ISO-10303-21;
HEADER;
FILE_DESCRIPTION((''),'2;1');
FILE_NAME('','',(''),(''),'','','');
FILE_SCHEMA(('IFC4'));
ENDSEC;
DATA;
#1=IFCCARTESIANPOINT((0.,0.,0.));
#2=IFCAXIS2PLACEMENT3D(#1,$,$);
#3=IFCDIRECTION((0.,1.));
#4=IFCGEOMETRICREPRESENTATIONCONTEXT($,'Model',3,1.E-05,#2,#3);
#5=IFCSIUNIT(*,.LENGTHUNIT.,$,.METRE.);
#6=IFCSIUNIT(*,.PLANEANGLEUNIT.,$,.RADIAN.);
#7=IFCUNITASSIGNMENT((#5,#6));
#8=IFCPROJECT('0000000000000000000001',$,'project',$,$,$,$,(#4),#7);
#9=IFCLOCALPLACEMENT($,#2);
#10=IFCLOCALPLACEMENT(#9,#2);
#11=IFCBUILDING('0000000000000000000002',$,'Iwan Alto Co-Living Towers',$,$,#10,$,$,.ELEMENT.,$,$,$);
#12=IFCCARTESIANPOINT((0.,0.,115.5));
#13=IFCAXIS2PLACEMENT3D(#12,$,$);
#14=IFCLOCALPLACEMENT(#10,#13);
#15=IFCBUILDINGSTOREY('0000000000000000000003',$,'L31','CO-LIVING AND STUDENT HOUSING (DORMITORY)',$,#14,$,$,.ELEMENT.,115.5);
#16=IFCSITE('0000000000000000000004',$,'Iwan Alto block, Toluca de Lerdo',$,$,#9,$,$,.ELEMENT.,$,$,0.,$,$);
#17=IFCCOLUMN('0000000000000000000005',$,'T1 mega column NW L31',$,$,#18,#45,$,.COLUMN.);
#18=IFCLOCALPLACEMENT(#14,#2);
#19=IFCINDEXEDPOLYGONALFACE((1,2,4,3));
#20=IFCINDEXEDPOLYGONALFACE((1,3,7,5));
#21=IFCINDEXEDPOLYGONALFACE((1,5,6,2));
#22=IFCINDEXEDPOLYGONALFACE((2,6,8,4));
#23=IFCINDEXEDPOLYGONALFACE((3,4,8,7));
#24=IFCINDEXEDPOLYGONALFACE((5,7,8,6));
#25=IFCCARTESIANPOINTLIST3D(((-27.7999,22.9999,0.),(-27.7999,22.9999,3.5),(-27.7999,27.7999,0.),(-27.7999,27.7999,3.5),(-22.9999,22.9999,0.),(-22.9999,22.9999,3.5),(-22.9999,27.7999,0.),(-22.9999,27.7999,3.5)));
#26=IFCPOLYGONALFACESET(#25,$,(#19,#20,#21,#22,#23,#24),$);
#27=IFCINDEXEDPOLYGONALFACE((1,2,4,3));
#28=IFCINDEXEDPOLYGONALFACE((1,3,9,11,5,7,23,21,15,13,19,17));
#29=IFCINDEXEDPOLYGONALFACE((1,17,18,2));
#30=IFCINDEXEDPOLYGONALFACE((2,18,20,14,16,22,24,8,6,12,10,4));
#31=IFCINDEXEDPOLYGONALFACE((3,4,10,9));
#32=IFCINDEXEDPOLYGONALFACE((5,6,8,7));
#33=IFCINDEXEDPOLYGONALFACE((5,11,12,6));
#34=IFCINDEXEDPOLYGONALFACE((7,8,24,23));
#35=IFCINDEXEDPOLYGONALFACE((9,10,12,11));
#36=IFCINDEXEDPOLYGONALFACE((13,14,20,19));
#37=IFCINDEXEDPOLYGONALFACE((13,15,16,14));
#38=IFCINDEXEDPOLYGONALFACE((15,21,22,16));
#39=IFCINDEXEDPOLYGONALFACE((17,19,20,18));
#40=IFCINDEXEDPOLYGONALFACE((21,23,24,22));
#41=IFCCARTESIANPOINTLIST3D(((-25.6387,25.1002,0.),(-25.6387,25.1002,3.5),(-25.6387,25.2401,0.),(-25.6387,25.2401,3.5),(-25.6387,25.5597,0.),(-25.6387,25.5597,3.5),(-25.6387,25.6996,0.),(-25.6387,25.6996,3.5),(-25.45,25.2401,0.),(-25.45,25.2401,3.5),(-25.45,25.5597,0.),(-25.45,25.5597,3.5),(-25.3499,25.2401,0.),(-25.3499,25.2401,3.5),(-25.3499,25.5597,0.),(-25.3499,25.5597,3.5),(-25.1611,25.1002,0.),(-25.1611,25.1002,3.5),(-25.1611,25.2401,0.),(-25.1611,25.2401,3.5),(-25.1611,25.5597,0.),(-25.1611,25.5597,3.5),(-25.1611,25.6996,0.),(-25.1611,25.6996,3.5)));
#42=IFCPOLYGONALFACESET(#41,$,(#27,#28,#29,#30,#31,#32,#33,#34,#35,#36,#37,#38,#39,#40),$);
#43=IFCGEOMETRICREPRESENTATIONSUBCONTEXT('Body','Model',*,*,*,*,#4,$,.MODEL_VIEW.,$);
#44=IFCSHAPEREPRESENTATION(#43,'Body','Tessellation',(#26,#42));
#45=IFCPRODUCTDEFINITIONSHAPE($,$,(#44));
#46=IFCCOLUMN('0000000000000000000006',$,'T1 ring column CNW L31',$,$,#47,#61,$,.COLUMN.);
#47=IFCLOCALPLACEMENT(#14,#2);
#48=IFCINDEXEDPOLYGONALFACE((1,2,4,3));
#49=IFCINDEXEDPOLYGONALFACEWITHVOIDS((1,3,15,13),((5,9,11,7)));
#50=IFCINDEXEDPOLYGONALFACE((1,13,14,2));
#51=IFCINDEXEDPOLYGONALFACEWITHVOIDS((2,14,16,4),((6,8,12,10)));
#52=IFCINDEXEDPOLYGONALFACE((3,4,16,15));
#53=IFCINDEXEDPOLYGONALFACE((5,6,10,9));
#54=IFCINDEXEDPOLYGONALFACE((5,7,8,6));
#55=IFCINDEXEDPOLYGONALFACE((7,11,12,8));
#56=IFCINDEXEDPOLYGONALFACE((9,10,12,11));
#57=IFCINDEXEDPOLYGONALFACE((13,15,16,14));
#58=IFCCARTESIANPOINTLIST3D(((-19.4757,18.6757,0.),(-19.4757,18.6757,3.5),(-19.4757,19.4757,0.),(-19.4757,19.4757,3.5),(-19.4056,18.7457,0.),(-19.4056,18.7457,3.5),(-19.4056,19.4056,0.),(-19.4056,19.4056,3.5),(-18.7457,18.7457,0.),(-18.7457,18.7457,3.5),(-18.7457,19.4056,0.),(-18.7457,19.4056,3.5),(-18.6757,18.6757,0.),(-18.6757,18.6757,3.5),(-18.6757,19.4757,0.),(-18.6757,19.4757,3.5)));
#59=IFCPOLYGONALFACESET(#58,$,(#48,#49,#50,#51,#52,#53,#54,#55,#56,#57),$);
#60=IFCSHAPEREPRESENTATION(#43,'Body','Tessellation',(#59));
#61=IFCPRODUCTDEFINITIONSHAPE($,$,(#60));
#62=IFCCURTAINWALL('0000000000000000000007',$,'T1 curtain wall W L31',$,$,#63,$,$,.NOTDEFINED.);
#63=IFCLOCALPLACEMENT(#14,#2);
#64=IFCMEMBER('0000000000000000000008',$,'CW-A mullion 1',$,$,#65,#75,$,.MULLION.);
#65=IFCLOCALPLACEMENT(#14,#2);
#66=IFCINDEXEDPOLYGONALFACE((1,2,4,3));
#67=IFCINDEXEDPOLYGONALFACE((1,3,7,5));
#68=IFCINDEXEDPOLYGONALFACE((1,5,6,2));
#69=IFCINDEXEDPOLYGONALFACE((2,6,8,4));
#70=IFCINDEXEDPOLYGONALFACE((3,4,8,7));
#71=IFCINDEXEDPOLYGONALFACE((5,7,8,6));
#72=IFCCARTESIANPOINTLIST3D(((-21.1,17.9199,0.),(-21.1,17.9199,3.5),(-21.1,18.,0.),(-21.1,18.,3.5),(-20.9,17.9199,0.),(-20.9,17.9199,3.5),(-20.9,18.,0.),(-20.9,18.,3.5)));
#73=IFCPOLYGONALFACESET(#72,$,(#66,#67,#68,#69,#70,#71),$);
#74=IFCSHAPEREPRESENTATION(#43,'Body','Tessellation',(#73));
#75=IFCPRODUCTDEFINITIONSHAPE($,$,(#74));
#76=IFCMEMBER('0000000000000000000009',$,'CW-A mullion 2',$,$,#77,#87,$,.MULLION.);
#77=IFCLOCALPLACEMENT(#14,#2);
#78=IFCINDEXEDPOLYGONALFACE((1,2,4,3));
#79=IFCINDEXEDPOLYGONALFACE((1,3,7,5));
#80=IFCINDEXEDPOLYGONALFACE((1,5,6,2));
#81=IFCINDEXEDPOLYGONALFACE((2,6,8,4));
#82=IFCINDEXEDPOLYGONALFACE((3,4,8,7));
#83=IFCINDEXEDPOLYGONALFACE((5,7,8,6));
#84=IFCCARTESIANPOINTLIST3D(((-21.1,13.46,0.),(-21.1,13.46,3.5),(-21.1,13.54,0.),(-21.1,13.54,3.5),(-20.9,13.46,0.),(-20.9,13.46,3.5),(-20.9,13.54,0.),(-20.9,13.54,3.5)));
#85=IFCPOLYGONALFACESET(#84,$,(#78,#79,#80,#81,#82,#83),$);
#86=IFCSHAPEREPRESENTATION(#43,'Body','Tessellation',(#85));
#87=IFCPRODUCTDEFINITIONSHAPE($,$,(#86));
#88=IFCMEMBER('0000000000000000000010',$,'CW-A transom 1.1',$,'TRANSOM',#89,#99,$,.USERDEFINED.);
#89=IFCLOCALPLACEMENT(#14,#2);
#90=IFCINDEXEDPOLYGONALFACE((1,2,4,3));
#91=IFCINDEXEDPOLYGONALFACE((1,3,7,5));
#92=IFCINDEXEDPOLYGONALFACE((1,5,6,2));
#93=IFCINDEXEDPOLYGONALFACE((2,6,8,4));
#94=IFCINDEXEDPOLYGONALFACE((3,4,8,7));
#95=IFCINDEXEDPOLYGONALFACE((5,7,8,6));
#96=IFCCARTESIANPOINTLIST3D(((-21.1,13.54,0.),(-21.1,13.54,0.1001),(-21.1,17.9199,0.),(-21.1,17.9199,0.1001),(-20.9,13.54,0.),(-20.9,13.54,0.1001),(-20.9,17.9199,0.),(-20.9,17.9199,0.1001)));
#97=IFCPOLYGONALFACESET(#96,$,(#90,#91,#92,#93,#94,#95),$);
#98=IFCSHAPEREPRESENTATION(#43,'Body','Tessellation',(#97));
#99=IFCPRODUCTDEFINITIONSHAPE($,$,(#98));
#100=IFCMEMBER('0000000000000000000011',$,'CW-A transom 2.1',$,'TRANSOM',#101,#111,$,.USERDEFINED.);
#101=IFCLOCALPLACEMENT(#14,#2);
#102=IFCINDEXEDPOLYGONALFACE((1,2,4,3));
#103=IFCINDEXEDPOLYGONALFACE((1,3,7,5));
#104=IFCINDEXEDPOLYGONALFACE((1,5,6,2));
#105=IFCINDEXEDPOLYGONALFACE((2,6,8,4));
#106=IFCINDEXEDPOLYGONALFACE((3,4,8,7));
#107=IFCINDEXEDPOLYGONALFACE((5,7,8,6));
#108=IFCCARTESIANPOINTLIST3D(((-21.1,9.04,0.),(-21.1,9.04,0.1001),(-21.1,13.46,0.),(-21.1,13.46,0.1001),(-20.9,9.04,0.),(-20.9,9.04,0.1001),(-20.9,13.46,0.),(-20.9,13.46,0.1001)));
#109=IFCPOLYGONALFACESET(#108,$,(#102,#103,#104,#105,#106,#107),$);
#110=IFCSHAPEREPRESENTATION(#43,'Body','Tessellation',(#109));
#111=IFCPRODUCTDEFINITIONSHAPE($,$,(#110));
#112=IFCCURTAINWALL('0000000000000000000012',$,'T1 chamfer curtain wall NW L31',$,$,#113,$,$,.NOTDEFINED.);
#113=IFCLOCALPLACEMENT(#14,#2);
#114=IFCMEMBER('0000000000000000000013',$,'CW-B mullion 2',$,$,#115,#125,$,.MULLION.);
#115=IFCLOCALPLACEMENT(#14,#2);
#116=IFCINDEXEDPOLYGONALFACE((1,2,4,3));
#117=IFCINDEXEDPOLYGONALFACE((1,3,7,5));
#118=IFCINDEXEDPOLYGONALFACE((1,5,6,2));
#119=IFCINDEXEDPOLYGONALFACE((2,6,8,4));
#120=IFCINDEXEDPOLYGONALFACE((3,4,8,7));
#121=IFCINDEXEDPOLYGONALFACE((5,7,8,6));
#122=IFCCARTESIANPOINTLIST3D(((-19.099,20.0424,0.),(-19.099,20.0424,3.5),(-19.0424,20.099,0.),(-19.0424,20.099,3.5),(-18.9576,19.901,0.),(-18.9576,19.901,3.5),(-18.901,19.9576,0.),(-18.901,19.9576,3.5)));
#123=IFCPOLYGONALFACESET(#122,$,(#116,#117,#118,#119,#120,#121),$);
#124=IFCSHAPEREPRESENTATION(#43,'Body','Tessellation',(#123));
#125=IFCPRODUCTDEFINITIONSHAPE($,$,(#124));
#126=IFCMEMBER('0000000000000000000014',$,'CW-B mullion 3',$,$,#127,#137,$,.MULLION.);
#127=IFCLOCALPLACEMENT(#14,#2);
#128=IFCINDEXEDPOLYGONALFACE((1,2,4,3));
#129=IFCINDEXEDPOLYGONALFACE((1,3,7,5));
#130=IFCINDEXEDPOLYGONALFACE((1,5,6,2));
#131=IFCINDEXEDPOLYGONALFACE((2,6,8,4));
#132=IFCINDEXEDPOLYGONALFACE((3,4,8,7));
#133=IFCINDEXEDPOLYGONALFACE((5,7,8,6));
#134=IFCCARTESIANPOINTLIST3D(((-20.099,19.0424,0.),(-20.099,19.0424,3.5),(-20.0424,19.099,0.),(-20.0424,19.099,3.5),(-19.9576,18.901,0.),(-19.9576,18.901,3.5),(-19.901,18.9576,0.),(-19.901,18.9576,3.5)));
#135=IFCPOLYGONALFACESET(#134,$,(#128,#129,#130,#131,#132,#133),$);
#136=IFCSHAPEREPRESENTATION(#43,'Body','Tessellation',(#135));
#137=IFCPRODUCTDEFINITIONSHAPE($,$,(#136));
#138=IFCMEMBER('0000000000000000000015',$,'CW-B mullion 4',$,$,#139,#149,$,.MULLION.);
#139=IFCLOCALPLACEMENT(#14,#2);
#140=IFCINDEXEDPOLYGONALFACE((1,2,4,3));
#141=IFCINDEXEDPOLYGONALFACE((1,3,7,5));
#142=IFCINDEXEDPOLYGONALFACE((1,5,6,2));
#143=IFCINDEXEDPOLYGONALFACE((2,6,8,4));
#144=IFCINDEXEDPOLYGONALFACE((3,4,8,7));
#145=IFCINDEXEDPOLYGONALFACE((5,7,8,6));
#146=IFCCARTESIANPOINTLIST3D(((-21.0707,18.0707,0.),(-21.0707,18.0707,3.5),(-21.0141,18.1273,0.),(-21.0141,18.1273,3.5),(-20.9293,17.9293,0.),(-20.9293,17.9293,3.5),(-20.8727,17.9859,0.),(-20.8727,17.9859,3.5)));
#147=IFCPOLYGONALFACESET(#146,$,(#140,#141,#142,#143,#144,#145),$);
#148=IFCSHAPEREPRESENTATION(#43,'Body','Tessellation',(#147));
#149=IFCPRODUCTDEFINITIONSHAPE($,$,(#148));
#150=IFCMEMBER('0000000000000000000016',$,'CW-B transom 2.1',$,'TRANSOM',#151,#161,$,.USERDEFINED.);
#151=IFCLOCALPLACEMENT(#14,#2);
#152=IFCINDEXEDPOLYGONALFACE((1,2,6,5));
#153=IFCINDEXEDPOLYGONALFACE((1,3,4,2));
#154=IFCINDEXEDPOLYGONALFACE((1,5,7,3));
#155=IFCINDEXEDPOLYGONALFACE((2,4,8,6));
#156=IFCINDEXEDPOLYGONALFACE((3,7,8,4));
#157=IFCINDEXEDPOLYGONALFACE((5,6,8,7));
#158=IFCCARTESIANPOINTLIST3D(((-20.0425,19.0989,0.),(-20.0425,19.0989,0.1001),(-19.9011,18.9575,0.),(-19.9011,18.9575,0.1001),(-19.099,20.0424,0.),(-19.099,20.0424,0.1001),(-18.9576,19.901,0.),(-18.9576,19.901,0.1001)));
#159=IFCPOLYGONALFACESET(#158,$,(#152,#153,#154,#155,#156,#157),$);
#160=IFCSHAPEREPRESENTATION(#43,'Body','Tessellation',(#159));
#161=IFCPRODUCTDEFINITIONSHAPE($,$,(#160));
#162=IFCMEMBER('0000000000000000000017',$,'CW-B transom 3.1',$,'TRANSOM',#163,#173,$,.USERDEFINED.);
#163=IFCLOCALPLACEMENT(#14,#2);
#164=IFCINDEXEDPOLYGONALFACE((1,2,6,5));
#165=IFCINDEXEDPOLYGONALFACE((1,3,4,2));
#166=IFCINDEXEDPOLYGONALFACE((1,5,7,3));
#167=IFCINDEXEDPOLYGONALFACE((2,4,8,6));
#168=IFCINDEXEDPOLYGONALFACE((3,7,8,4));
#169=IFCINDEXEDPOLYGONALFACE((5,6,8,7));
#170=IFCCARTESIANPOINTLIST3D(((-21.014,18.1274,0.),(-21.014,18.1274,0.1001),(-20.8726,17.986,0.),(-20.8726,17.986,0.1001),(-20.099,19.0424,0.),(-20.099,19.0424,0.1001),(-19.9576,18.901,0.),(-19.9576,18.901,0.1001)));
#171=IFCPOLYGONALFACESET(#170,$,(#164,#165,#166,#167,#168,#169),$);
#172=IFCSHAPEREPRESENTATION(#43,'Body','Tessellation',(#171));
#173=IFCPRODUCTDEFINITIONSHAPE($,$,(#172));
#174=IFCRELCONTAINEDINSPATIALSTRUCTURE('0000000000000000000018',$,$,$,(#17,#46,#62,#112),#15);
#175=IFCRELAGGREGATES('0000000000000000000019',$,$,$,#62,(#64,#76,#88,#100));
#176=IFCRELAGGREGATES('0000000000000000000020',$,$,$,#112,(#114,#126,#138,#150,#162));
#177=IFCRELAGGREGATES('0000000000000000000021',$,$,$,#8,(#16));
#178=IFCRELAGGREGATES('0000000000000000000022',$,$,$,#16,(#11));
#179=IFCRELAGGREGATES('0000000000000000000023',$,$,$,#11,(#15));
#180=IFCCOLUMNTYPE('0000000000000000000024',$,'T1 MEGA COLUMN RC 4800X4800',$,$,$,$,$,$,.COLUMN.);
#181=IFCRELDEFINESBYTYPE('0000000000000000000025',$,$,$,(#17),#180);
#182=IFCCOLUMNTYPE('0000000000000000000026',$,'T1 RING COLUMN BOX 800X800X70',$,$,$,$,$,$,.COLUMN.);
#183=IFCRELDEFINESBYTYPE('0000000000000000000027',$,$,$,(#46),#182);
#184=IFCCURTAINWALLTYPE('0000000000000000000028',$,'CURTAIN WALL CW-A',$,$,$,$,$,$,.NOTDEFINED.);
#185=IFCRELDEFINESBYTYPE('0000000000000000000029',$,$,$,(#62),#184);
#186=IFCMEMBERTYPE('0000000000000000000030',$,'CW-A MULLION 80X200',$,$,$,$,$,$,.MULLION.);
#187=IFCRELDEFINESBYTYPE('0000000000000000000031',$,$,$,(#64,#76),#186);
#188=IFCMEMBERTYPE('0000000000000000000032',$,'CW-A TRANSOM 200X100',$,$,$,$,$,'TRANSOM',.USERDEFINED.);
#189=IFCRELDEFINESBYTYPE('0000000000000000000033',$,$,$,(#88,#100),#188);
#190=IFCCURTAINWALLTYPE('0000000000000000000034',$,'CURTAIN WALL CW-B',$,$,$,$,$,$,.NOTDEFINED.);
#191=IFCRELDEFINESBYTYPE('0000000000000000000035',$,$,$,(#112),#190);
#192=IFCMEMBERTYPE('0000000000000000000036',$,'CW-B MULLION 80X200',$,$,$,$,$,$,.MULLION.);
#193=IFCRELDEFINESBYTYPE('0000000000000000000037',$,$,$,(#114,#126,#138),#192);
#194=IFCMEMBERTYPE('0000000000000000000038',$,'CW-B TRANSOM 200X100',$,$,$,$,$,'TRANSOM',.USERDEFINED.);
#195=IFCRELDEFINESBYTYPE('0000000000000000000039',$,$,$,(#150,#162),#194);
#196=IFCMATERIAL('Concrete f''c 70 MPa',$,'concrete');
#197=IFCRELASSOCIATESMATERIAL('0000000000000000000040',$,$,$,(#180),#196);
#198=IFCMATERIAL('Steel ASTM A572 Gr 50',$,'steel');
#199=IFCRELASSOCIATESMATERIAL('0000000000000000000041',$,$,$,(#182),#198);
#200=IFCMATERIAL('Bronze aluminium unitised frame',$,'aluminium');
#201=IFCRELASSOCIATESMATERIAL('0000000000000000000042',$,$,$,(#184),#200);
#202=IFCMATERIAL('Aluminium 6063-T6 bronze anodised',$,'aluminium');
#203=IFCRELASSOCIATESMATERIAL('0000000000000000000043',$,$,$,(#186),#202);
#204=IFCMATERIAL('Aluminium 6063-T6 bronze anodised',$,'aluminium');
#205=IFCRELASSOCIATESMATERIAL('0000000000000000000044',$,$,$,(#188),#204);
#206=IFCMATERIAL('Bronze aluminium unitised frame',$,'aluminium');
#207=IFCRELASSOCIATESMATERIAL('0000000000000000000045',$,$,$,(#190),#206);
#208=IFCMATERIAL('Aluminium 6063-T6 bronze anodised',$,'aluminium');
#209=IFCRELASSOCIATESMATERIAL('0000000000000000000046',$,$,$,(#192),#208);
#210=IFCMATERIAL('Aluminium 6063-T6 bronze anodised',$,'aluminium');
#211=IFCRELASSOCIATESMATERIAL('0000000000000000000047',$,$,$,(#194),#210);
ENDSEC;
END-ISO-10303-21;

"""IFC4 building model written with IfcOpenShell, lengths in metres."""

from ifc_helpers import new_model, si_unit, direction, frame, origin, origin_2d, place, context, subcontext, project, spatial, rectangle, hollow_rectangle, i_section, extrude, material, material_profile, profile_set, type_object, element, aggregate, save


model = new_model("IFC4")

# Units and contexts
model_context = context("Model", 3, precision=1e-05, world=origin(), true_north=direction((0.0, 1.0)))
body_context = subcontext(model_context, "Body", "Model", "MODEL_VIEW")
ifc_project = project(units=[si_unit("LENGTHUNIT", "METRE"), si_unit("PLANEANGLEUNIT", "RADIAN")], contexts=[model_context])

# Site, building, storey
site_placement = place(None, origin())
site = spatial("IfcSite", under=ifc_project, at=site_placement, Name="Iwan Alto block, Toluca de Lerdo", CompositionType="ELEMENT", RefElevation=0.0)
building_placement = place(site_placement, origin())
building = spatial("IfcBuilding", under=site, at=building_placement, Name="Iwan Alto Co-Living Towers", CompositionType="ELEMENT")
storey_placement = place(building_placement, frame((0.0, 0.0, 115.5)))
storey = spatial("IfcBuildingStorey", under=building, at=storey_placement, Name="L31", Description="CO-LIVING AND STUDENT HOUSING (DORMITORY)", CompositionType="ELEMENT", Elevation=115.5)

# Columns
ifc_material_1 = material(Name="Concrete f'c 70 MPa", Category="concrete")
ifc_material_profile_1 = material_profile(ifc_material_1, rectangle(XDim=4.8, YDim=4.8, at=origin_2d()), Name="RC 4800X4800")
ifc_profile_set_1 = profile_set([ifc_material_profile_1], Name="Concrete f'c 70 MPa")
column_type_1 = type_object("IfcColumnType", Name="T1 MEGA COLUMN RC 4800X4800", PredefinedType="COLUMN", material=ifc_profile_set_1)
column_1_placement = place(storey_placement, frame((-25.3999, 25.3999, 0.0), z_axis=(0.0, 0.0, 1.0), x_axis=(1.0, 0.0, 0.0)))
element("IfcColumn", 1, at=column_1_placement, inside=storey, type_object=column_type_1, Name="T1 mega column NW L31", PredefinedType="COLUMN", context=body_context, shape_type="SweptSolid", body=[
    extrude(rectangle(XDim=4.8, YDim=4.8, at=origin_2d()), origin(), (0.0, 0.0, 1.0), 3.5),
    extrude(i_section(OverallWidth=0.4775, OverallDepth=0.5994, WebThickness=0.1001, FlangeThickness=0.1399, at=origin_2d()), origin(), (0.0, 0.0, 1.0), 3.5),
])
ifc_material_2 = material(Name="Steel ASTM A572 Gr 50", Category="steel")
ifc_material_profile_2 = material_profile(ifc_material_2, hollow_rectangle(XDim=0.8, YDim=0.8, WallThickness=0.0701, at=origin_2d()), Name="BOX 800X800X70")
ifc_profile_set_2 = profile_set([ifc_material_profile_2], Name="Steel ASTM A572 Gr 50")
column_type_2 = type_object("IfcColumnType", Name="T1 RING COLUMN BOX 800X800X70", PredefinedType="COLUMN", material=ifc_profile_set_2)
column_2_placement = place(storey_placement, frame((-19.0757, 19.0757, 0.0), z_axis=(0.0, 0.0, 1.0), x_axis=(1.0, 0.0, 0.0)))
element("IfcColumn", 2, at=column_2_placement, inside=storey, type_object=column_type_2, Name="T1 ring column CNW L31", PredefinedType="COLUMN", context=body_context, shape_type="SweptSolid", body=[
    extrude(hollow_rectangle(XDim=0.8, YDim=0.8, WallThickness=0.0701, at=origin_2d()), origin(), (0.0, 0.0, 1.0), 3.5),
])

# Curtain walls, members
ifc_material_3 = material(Name="Bronze aluminium unitised frame", Category="aluminium")
curtain_wall_type_1 = type_object("IfcCurtainWallType", Name="CURTAIN WALL CW-A", PredefinedType="NOTDEFINED", material=ifc_material_3)
curtain_wall_1_placement = place(storey_placement, origin())
curtain_wall_1 = element("IfcCurtainWall", 3, at=curtain_wall_1_placement, inside=storey, type_object=curtain_wall_type_1, Name="T1 curtain wall W L31", PredefinedType="NOTDEFINED")
ifc_material_4 = material(Name="Aluminium 6063-T6 bronze anodised", Category="aluminium")
ifc_material_profile_3 = material_profile(ifc_material_4, rectangle(XDim=0.2, YDim=0.0801, at=origin_2d()), Name="AL 80X200")
ifc_profile_set_3 = profile_set([ifc_material_profile_3], Name="Aluminium 6063-T6 bronze anodised")
member_type_1 = type_object("IfcMemberType", Name="CW-A MULLION 80X200", PredefinedType="MULLION", material=ifc_profile_set_3)
member_1_placement = place(storey_placement, frame((-21.0, 17.96, 0.0), z_axis=(0.0, 0.0, 1.0), x_axis=(1.0, 0.0, 0.0)))
member_1 = element("IfcMember", 4, at=member_1_placement, type_object=member_type_1, Name="CW-A mullion 1", PredefinedType="MULLION", context=body_context, shape_type="SweptSolid", body=[
    extrude(rectangle(XDim=0.2, YDim=0.0801, at=origin_2d()), origin(), (0.0, 0.0, 1.0), 3.5),
])
member_2_placement = place(storey_placement, frame((-21.0, 13.5, 0.0), z_axis=(0.0, 0.0, 1.0), x_axis=(1.0, 0.0, 0.0)))
member_2 = element("IfcMember", 5, at=member_2_placement, type_object=member_type_1, Name="CW-A mullion 2", PredefinedType="MULLION", context=body_context, shape_type="SweptSolid", body=[
    extrude(rectangle(XDim=0.2, YDim=0.0801, at=origin_2d()), origin(), (0.0, 0.0, 1.0), 3.5),
])
ifc_material_5 = material(Name="Aluminium 6063-T6 bronze anodised", Category="aluminium")
ifc_material_profile_4 = material_profile(ifc_material_5, rectangle(XDim=0.2, YDim=0.1001, at=origin_2d()), Name="AL 200X100")
ifc_profile_set_4 = profile_set([ifc_material_profile_4], Name="Aluminium 6063-T6 bronze anodised")
member_type_2 = type_object("IfcMemberType", Name="CW-A TRANSOM 200X100", ElementType="TRANSOM", PredefinedType="USERDEFINED", material=ifc_profile_set_4)
member_3_placement = place(storey_placement, frame((-21.0, 17.9199, 0.05), z_axis=(0.0, -1.0, 0.0), x_axis=(1.0, 0.0, 0.0)))
member_3 = element("IfcMember", 6, at=member_3_placement, type_object=member_type_2, Name="CW-A transom 1.1", ObjectType="TRANSOM", PredefinedType="USERDEFINED", context=body_context, shape_type="SweptSolid", body=[
    extrude(rectangle(XDim=0.2, YDim=0.1001, at=origin_2d()), origin(), (0.0, 0.0, 1.0), 4.3799),
])
member_4_placement = place(storey_placement, frame((-21.0, 13.46, 0.05), z_axis=(0.0, -1.0, 0.0), x_axis=(1.0, 0.0, 0.0)))
member_4 = element("IfcMember", 7, at=member_4_placement, type_object=member_type_2, Name="CW-A transom 2.1", ObjectType="TRANSOM", PredefinedType="USERDEFINED", context=body_context, shape_type="SweptSolid", body=[
    extrude(rectangle(XDim=0.2, YDim=0.1001, at=origin_2d()), origin(), (0.0, 0.0, 1.0), 4.4199),
])
ifc_material_6 = material(Name="Bronze aluminium unitised frame", Category="aluminium")
curtain_wall_type_2 = type_object("IfcCurtainWallType", Name="CURTAIN WALL CW-B", PredefinedType="NOTDEFINED", material=ifc_material_6)
curtain_wall_2_placement = place(storey_placement, origin())
curtain_wall_2 = element("IfcCurtainWall", 8, at=curtain_wall_2_placement, inside=storey, type_object=curtain_wall_type_2, Name="T1 chamfer curtain wall NW L31", PredefinedType="NOTDEFINED")
ifc_material_7 = material(Name="Aluminium 6063-T6 bronze anodised", Category="aluminium")
ifc_material_profile_5 = material_profile(ifc_material_7, rectangle(XDim=0.2, YDim=0.0801, at=origin_2d()), Name="AL 80X200")
ifc_profile_set_5 = profile_set([ifc_material_profile_5], Name="Aluminium 6063-T6 bronze anodised")
member_type_3 = type_object("IfcMemberType", Name="CW-B MULLION 80X200", PredefinedType="MULLION", material=ifc_profile_set_5)
member_5_placement = place(storey_placement, frame((-19.0, 20.0, 0.0), z_axis=(0.0, 0.0, 1.0), x_axis=(0.707107, -0.707107, 0.0)))
member_5 = element("IfcMember", 9, at=member_5_placement, type_object=member_type_3, Name="CW-B mullion 2", PredefinedType="MULLION", context=body_context, shape_type="SweptSolid", body=[
    extrude(rectangle(XDim=0.2, YDim=0.0801, at=origin_2d()), origin(), (0.0, 0.0, 1.0), 3.5),
])
member_6_placement = place(storey_placement, frame((-20.0, 19.0, 0.0), z_axis=(0.0, 0.0, 1.0), x_axis=(0.707107, -0.707107, 0.0)))
member_6 = element("IfcMember", 10, at=member_6_placement, type_object=member_type_3, Name="CW-B mullion 3", PredefinedType="MULLION", context=body_context, shape_type="SweptSolid", body=[
    extrude(rectangle(XDim=0.2, YDim=0.0801, at=origin_2d()), origin(), (0.0, 0.0, 1.0), 3.5),
])
member_7_placement = place(storey_placement, frame((-20.9717, 18.0283, 0.0), z_axis=(0.0, 0.0, 1.0), x_axis=(0.707107, -0.707107, 0.0)))
member_7 = element("IfcMember", 11, at=member_7_placement, type_object=member_type_3, Name="CW-B mullion 4", PredefinedType="MULLION", context=body_context, shape_type="SweptSolid", body=[
    extrude(rectangle(XDim=0.2, YDim=0.0801, at=origin_2d()), origin(), (0.0, 0.0, 1.0), 3.5),
])
ifc_material_8 = material(Name="Aluminium 6063-T6 bronze anodised", Category="aluminium")
ifc_material_profile_6 = material_profile(ifc_material_8, rectangle(XDim=0.2, YDim=0.1001, at=origin_2d()), Name="AL 200X100")
ifc_profile_set_6 = profile_set([ifc_material_profile_6], Name="Aluminium 6063-T6 bronze anodised")
member_type_4 = type_object("IfcMemberType", Name="CW-B TRANSOM 200X100", ElementType="TRANSOM", PredefinedType="USERDEFINED", material=ifc_profile_set_6)
member_8_placement = place(storey_placement, frame((-19.0283, 19.9717, 0.05), z_axis=(-0.707107, -0.707107, 0.0), x_axis=(0.707107, -0.707107, 0.0)))
member_8 = element("IfcMember", 12, at=member_8_placement, type_object=member_type_4, Name="CW-B transom 2.1", ObjectType="TRANSOM", PredefinedType="USERDEFINED", context=body_context, shape_type="SweptSolid", body=[
    extrude(rectangle(XDim=0.2, YDim=0.1001, at=origin_2d()), origin(), (0.0, 0.0, 1.0), 1.3342),
])
member_9_placement = place(storey_placement, frame((-20.0283, 18.9717, 0.05), z_axis=(-0.707107, -0.707107, 0.0), x_axis=(0.707107, -0.707107, 0.0)))
member_9 = element("IfcMember", 13, at=member_9_placement, type_object=member_type_4, Name="CW-B transom 3.1", ObjectType="TRANSOM", PredefinedType="USERDEFINED", context=body_context, shape_type="SweptSolid", body=[
    extrude(rectangle(XDim=0.2, YDim=0.1001, at=origin_2d()), origin(), (0.0, 0.0, 1.0), 1.2939),
])

aggregate(curtain_wall_1, [member_1, member_2, member_3, member_4])
aggregate(curtain_wall_2, [member_5, member_6, member_7, member_8, member_9])

save(model, "model.ifc")
